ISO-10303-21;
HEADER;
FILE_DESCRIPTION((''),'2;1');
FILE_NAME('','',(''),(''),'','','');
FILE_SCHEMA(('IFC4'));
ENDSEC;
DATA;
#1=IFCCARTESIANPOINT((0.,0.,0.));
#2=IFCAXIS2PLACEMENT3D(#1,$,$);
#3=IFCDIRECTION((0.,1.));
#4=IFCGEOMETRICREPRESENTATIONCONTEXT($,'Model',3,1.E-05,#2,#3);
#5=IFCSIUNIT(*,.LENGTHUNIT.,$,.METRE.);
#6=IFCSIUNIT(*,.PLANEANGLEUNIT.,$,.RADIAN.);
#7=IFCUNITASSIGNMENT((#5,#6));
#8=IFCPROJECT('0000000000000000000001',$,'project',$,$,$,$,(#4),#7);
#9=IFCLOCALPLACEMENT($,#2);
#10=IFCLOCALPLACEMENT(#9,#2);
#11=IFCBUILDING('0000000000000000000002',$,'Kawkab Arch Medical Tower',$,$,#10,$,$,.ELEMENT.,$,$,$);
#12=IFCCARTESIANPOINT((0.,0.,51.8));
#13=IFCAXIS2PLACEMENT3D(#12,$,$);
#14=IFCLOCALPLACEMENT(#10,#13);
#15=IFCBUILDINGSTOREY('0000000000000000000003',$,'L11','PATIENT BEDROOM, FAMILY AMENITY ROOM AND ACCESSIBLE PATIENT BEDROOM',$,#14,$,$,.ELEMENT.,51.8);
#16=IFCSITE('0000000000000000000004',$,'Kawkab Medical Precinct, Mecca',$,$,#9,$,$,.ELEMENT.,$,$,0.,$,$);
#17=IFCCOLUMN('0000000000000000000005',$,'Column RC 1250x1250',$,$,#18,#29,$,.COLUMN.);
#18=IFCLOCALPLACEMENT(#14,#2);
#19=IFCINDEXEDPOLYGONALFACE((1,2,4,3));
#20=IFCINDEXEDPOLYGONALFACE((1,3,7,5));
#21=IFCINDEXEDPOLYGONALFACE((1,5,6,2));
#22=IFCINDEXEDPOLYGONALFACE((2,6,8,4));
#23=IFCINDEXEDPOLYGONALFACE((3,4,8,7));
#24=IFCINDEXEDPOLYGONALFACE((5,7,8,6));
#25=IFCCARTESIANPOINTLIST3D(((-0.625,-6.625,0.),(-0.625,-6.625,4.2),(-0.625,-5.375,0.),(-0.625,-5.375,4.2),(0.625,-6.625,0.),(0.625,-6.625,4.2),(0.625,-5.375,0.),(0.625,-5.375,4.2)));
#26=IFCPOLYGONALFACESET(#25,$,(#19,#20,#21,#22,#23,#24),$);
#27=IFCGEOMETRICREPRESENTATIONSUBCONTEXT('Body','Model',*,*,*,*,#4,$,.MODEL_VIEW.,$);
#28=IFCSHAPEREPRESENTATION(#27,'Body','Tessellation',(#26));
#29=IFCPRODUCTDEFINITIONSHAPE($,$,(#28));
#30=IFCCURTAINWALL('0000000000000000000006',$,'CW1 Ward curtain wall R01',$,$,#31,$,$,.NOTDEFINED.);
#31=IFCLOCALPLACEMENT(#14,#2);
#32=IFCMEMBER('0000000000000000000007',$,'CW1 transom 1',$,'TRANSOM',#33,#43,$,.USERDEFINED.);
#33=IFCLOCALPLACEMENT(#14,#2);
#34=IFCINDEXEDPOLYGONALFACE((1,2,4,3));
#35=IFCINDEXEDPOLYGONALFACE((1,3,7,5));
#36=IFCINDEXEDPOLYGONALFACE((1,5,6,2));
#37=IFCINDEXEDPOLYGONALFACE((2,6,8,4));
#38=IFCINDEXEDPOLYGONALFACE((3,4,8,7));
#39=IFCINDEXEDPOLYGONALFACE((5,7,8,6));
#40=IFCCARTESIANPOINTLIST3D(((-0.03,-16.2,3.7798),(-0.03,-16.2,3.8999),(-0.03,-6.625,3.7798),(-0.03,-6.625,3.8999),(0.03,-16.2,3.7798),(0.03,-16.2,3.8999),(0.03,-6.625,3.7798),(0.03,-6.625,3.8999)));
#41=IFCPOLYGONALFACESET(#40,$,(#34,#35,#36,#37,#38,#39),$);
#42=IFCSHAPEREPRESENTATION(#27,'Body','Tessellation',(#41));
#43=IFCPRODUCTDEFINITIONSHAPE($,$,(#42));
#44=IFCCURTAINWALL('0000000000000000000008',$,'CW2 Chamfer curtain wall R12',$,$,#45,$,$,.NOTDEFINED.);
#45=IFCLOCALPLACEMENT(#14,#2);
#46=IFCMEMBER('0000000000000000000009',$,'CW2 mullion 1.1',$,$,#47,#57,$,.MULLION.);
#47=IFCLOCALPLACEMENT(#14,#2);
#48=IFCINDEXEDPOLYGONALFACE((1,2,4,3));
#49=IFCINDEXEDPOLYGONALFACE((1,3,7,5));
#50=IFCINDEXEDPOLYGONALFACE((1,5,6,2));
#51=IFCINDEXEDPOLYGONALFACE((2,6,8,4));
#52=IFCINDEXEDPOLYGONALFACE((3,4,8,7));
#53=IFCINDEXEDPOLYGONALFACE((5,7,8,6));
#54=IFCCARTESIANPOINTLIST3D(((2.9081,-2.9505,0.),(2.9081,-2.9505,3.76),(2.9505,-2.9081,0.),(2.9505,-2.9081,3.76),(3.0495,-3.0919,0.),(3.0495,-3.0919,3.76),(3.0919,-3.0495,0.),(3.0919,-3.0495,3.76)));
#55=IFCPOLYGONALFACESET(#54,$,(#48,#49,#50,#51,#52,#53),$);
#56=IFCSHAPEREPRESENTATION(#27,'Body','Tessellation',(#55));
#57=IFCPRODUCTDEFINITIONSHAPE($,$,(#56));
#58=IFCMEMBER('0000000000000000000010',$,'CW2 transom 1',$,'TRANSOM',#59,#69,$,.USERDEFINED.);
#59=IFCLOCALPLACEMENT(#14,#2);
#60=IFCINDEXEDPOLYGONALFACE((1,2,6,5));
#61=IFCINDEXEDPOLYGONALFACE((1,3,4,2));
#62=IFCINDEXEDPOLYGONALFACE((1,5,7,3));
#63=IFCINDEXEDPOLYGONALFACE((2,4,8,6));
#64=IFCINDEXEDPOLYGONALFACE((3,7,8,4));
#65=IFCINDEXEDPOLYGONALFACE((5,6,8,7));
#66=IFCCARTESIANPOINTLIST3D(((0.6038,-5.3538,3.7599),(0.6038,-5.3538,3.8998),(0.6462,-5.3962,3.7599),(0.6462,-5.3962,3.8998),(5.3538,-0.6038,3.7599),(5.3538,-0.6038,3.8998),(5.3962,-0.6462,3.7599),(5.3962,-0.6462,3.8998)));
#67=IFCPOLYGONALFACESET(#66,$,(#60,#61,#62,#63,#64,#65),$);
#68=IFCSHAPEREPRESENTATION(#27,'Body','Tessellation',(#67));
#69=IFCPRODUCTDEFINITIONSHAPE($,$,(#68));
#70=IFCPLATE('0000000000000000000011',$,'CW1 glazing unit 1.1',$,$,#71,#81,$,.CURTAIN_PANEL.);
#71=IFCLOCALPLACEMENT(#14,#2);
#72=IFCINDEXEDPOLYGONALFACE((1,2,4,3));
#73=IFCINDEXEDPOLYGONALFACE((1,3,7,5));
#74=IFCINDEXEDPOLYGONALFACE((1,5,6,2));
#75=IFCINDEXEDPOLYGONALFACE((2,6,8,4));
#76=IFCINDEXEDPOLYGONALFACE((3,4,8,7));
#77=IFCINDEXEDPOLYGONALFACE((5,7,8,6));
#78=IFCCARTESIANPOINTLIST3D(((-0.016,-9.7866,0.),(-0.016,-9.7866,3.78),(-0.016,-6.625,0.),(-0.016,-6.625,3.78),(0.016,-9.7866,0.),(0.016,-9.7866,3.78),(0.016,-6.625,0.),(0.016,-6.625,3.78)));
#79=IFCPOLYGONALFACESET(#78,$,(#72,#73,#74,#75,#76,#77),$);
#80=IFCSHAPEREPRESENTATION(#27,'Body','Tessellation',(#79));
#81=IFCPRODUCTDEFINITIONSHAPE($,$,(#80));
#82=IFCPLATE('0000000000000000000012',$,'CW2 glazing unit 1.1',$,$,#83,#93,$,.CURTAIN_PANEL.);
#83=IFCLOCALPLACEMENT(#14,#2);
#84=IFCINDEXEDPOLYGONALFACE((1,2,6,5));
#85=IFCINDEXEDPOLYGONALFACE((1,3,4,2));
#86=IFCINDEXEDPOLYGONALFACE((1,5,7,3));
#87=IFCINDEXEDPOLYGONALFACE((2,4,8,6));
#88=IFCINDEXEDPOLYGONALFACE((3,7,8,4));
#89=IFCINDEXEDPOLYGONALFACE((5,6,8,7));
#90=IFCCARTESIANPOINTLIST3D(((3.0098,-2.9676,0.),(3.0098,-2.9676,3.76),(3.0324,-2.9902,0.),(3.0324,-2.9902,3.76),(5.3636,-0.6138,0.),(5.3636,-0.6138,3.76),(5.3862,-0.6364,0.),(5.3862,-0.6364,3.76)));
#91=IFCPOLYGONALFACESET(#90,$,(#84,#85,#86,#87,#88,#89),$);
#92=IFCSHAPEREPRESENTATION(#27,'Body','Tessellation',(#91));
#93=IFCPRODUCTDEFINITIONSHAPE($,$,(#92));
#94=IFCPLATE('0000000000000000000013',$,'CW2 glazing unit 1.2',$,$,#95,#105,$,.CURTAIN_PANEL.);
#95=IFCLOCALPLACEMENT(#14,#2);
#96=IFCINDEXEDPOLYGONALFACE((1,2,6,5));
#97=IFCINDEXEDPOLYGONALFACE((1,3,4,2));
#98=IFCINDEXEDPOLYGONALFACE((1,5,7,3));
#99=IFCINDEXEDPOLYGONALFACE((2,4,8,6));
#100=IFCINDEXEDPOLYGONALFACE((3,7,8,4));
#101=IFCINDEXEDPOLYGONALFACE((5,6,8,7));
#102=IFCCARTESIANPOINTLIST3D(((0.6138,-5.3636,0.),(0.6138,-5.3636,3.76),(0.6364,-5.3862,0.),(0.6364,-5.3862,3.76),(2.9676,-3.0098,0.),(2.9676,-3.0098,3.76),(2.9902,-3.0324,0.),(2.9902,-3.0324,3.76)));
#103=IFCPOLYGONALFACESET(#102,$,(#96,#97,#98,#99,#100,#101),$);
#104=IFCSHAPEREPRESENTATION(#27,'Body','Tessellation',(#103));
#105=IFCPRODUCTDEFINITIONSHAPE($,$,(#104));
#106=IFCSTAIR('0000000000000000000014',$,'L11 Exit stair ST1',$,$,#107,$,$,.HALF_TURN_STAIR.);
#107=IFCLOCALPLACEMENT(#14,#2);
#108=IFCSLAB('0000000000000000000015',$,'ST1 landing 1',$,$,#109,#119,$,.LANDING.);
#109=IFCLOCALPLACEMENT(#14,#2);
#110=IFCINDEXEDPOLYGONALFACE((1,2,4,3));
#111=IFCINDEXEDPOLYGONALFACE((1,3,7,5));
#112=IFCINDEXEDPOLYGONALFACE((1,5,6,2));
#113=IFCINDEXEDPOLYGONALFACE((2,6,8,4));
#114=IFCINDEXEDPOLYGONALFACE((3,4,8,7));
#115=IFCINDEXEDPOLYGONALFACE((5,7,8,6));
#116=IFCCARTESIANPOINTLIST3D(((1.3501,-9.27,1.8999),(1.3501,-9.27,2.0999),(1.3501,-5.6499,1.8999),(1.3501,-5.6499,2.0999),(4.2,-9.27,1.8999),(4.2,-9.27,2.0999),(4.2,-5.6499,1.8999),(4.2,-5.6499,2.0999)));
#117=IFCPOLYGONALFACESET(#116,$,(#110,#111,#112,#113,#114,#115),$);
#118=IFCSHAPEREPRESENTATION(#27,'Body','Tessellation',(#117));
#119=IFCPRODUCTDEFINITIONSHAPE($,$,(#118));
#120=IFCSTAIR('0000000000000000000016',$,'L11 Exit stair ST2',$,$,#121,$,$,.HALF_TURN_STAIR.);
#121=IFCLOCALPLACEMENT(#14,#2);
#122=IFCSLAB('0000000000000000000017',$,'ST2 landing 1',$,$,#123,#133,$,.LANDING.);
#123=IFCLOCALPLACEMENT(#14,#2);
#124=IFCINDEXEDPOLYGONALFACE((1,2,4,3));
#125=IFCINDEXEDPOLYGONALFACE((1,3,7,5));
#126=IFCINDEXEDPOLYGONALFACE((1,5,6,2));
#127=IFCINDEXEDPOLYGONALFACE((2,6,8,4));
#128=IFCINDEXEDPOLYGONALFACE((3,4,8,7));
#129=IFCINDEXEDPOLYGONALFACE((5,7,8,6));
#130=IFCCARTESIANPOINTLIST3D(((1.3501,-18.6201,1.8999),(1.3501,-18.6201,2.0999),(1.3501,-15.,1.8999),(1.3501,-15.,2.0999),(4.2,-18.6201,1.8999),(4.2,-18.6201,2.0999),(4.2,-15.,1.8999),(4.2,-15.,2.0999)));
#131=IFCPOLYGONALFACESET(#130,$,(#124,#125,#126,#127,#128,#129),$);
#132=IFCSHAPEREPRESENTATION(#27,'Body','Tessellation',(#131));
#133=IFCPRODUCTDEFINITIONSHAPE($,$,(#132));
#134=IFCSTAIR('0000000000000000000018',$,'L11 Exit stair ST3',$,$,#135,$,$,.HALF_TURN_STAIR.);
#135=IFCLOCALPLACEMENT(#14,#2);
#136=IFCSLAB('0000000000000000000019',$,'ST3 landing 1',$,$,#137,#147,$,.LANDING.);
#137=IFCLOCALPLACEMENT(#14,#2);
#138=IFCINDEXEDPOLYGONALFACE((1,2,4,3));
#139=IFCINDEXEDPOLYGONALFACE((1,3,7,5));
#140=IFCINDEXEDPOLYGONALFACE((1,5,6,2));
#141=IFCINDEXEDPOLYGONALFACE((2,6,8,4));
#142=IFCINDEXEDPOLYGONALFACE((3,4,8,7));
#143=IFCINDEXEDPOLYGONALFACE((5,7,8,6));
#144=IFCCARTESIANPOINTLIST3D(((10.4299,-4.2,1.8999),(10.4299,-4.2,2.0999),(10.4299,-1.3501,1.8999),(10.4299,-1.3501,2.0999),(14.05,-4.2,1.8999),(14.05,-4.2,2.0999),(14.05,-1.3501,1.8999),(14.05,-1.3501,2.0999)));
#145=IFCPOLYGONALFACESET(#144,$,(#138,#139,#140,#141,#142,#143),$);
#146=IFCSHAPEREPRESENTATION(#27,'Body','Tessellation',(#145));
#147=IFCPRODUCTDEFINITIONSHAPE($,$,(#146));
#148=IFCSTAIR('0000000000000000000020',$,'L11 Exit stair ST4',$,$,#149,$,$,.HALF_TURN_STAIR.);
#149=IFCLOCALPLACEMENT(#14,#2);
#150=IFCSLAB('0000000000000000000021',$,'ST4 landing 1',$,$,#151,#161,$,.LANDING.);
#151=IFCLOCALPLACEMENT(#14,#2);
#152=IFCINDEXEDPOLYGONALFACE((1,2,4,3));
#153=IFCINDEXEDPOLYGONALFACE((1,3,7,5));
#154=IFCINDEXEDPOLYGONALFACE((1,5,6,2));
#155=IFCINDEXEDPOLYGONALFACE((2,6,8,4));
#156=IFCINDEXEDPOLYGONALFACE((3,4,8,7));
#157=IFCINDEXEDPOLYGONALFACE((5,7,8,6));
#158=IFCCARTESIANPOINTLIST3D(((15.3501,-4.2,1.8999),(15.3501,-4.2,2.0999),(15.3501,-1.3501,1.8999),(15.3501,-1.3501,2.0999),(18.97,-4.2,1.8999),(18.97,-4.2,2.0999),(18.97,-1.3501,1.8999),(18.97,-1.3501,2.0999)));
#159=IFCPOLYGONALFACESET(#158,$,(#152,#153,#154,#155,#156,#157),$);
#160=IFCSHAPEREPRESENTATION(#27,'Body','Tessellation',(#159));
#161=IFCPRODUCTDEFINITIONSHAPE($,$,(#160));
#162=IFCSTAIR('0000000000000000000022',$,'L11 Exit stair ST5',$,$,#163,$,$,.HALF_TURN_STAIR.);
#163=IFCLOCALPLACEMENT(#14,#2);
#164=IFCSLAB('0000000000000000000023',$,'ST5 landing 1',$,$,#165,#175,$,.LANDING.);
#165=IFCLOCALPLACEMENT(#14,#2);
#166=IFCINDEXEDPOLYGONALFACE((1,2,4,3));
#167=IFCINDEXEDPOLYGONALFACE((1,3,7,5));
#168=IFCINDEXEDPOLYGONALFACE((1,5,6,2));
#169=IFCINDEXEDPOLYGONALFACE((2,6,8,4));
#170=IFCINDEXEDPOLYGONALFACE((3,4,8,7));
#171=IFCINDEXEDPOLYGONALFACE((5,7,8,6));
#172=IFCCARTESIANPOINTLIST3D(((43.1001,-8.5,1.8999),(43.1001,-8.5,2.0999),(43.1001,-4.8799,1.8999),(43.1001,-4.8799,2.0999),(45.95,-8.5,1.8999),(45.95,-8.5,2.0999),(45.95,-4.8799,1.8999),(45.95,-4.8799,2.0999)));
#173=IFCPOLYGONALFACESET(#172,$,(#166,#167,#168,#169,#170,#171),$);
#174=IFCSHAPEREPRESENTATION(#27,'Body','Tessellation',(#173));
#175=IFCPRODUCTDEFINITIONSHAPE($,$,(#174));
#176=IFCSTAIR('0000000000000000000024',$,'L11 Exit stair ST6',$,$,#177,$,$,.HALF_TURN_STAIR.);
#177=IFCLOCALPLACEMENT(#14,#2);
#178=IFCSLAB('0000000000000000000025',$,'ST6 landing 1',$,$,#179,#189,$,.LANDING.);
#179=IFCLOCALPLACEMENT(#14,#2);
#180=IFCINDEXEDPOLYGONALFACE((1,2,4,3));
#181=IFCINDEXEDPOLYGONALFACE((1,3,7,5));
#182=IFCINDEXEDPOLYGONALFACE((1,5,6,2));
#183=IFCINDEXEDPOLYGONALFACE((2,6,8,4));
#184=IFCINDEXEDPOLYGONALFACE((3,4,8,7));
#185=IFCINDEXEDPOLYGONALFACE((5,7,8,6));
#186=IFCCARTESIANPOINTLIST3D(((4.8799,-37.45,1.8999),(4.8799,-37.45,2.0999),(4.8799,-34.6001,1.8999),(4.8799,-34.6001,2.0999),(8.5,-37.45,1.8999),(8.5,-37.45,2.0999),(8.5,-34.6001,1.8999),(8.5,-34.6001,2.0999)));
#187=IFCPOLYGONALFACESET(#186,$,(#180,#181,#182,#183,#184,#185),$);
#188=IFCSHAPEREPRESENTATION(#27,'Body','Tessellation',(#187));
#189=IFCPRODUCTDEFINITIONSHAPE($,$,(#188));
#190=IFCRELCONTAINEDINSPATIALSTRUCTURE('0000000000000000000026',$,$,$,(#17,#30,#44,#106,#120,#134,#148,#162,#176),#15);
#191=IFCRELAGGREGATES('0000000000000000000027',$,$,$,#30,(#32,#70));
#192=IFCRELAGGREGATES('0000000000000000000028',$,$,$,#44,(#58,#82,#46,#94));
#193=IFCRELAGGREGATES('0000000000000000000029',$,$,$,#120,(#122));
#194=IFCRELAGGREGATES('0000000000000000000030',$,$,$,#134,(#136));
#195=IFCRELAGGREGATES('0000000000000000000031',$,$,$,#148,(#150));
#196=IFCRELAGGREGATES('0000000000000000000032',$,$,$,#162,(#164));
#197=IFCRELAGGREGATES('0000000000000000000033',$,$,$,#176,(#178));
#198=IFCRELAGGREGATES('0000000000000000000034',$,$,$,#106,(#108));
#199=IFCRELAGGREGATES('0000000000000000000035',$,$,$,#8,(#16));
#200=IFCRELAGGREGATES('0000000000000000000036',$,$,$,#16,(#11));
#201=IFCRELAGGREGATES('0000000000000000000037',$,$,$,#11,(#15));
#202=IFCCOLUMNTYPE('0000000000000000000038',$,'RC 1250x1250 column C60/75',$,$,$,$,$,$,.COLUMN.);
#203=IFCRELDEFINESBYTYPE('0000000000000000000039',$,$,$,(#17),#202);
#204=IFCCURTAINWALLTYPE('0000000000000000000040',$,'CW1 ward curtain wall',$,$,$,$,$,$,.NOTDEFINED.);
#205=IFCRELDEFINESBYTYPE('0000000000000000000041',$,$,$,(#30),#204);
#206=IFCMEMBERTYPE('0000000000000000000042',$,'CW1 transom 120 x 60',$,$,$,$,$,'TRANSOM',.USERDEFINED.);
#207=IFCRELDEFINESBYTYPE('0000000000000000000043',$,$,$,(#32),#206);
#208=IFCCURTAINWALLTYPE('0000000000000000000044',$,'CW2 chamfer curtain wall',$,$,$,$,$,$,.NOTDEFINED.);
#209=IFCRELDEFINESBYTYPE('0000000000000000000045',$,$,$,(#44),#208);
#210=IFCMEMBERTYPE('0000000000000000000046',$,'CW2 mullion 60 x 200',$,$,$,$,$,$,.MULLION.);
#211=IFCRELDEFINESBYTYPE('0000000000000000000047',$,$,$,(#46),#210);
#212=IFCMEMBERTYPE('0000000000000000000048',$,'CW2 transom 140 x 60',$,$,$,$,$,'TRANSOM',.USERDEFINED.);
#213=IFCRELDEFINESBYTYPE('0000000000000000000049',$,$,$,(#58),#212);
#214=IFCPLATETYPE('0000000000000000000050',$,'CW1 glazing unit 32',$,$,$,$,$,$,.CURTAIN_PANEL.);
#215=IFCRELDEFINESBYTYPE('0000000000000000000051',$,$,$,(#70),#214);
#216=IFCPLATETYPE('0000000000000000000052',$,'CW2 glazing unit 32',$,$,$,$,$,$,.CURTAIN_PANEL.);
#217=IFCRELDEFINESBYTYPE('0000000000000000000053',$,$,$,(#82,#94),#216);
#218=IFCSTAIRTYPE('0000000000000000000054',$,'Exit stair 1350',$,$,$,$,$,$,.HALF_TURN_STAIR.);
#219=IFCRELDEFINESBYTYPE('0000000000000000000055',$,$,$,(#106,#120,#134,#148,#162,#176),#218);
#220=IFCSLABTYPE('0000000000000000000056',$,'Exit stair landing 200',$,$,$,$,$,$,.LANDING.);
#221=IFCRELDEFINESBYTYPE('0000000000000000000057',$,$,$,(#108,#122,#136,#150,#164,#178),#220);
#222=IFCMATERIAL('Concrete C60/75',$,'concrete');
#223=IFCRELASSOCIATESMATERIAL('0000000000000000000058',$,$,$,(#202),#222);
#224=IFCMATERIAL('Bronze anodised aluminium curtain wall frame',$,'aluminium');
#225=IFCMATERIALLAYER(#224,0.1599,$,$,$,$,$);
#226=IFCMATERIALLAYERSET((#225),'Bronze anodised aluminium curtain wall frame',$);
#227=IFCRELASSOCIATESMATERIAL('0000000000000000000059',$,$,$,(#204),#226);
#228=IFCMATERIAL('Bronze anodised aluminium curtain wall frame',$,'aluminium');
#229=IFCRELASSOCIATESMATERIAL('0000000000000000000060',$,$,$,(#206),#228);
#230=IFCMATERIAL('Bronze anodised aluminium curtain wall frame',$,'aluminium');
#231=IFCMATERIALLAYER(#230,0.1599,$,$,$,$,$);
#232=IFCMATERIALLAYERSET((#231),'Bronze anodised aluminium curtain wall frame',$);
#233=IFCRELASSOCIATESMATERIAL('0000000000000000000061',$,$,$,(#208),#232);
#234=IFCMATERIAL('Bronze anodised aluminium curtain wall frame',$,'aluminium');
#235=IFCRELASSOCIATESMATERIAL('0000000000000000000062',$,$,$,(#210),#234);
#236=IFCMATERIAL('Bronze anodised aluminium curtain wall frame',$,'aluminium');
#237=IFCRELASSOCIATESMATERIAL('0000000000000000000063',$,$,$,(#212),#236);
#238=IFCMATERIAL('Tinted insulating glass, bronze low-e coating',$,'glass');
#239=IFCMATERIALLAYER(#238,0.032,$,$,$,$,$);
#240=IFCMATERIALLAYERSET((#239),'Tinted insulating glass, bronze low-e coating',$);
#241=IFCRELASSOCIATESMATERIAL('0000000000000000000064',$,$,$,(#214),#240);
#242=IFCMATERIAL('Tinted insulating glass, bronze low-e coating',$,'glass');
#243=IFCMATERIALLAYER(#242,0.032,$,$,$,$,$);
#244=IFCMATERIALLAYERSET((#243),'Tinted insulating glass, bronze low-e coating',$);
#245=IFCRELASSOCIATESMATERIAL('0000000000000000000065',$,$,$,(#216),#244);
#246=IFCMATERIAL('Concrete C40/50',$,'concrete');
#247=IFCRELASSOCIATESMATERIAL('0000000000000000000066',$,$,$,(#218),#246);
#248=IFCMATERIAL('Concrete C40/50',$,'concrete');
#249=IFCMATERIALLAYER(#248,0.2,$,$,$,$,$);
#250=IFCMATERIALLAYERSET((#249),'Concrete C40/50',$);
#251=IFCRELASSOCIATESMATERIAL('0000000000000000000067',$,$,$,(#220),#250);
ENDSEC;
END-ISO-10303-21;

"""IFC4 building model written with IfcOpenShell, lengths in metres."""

from ifc_helpers import new_model, si_unit, direction, frame, origin, origin_2d, place, context, subcontext, project, spatial, polyline, rectangle, outline, extrude, material, layer, layer_set, material_profile, profile_set, type_object, element, aggregate, save


model = new_model("IFC4")

# Units and contexts
model_context = context("Model", 3, precision=1e-05, world=origin(), true_north=direction((0.0, 1.0)))
body_context = subcontext(model_context, "Body", "Model", "MODEL_VIEW")
ifc_project = project(units=[si_unit("LENGTHUNIT", "METRE"), si_unit("PLANEANGLEUNIT", "RADIAN")], contexts=[model_context])

# Site, building, storey
site_placement = place(None, origin())
site = spatial("IfcSite", under=ifc_project, at=site_placement, Name="Kawkab Medical Precinct, Mecca", CompositionType="ELEMENT", RefElevation=0.0)
building_placement = place(site_placement, origin())
building = spatial("IfcBuilding", under=site, at=building_placement, Name="Kawkab Arch Medical Tower", CompositionType="ELEMENT")
storey_placement = place(building_placement, frame((0.0, 0.0, 51.8)))
storey = spatial("IfcBuildingStorey", under=building, at=storey_placement, Name="L11", Description="PATIENT BEDROOM, FAMILY AMENITY ROOM AND ACCESSIBLE PATIENT BEDROOM", CompositionType="ELEMENT", Elevation=51.8)

# Column
ifc_material_1 = material(Name="Concrete C60/75", Category="concrete")
ifc_material_profile_1 = material_profile(ifc_material_1, rectangle(XDim=1.25, YDim=1.25, at=origin_2d()), Name="RC 1250x1250")
ifc_profile_set_1 = profile_set([ifc_material_profile_1], Name="Concrete C60/75")
column_type = type_object("IfcColumnType", Name="RC 1250x1250 column C60/75", PredefinedType="COLUMN", material=ifc_profile_set_1)
column_placement = place(storey_placement, frame((0.0, -6.0, 0.0), z_axis=(0.0, 0.0, 1.0), x_axis=(1.0, 0.0, 0.0)))
element("IfcColumn", 1, at=column_placement, inside=storey, type_object=column_type, Name="Column RC 1250x1250", PredefinedType="COLUMN", context=body_context, shape_type="SweptSolid", body=[
    extrude(rectangle(XDim=1.25, YDim=1.25, at=origin_2d()), origin(), (0.0, 0.0, 1.0), 4.2),
])

# Curtain wall, member
ifc_material_2 = material(Name="Bronze anodised aluminium curtain wall frame", Category="aluminium")
ifc_layer_1 = layer(ifc_material_2, 0.1599)
ifc_layer_set_1 = layer_set([ifc_layer_1], Name="Bronze anodised aluminium curtain wall frame")
curtain_wall_type_1 = type_object("IfcCurtainWallType", Name="CW1 ward curtain wall", PredefinedType="NOTDEFINED", material=ifc_layer_set_1)
placement_1 = place(storey_placement, origin())
curtain_wall_1 = element("IfcCurtainWall", 2, at=placement_1, inside=storey, type_object=curtain_wall_type_1, Name="CW1 Ward curtain wall R01", PredefinedType="NOTDEFINED")
ifc_material_3 = material(Name="Bronze anodised aluminium curtain wall frame", Category="aluminium")
ifc_material_profile_2 = material_profile(ifc_material_3, rectangle(XDim=0.0601, YDim=0.1201, at=origin_2d()), Name="AL 60x120")
ifc_profile_set_2 = profile_set([ifc_material_profile_2], Name="Bronze anodised aluminium curtain wall frame")
member_type_1 = type_object("IfcMemberType", Name="CW1 transom 120 x 60", ElementType="TRANSOM", PredefinedType="USERDEFINED", material=ifc_profile_set_2)
member_1_placement = place(storey_placement, frame((0.0, -6.625, 3.8398), z_axis=(0.0, -1.0, 0.0), x_axis=(1.0, 0.0, 0.0)))
member_1 = element("IfcMember", 3, at=member_1_placement, type_object=member_type_1, Name="CW1 transom 1", ObjectType="TRANSOM", PredefinedType="USERDEFINED", context=body_context, shape_type="SweptSolid", body=[
    extrude(rectangle(XDim=0.0601, YDim=0.1201, at=origin_2d()), origin(), (0.0, 0.0, 1.0), 9.575),
])

# Curtain wall, members
ifc_material_4 = material(Name="Bronze anodised aluminium curtain wall frame", Category="aluminium")
ifc_layer_2 = layer(ifc_material_4, 0.1599)
ifc_layer_set_2 = layer_set([ifc_layer_2], Name="Bronze anodised aluminium curtain wall frame")
curtain_wall_type_2 = type_object("IfcCurtainWallType", Name="CW2 chamfer curtain wall", PredefinedType="NOTDEFINED", material=ifc_layer_set_2)
curtain_wall_2 = element("IfcCurtainWall", 4, at=placement_1, inside=storey, type_object=curtain_wall_type_2, Name="CW2 Chamfer curtain wall R12", PredefinedType="NOTDEFINED")
ifc_material_5 = material(Name="Bronze anodised aluminium curtain wall frame", Category="aluminium")
ifc_material_profile_3 = material_profile(ifc_material_5, rectangle(XDim=0.2, YDim=0.0601, at=origin_2d()), Name="AL 60x200")
ifc_profile_set_3 = profile_set([ifc_material_profile_3], Name="Bronze anodised aluminium curtain wall frame")
member_type_2 = type_object("IfcMemberType", Name="CW2 mullion 60 x 200", PredefinedType="MULLION", material=ifc_profile_set_3)
member_2_placement = place(storey_placement, frame((3.0, -3.0, 0.0), z_axis=(0.0, 0.0, 1.0), x_axis=(0.707107, -0.707107, 0.0)))
member_2 = element("IfcMember", 5, at=member_2_placement, type_object=member_type_2, Name="CW2 mullion 1.1", PredefinedType="MULLION", context=body_context, shape_type="SweptSolid", body=[
    extrude(rectangle(XDim=0.2, YDim=0.0601, at=origin_2d()), origin(), (0.0, 0.0, 1.0), 3.76),
])
ifc_material_6 = material(Name="Bronze anodised aluminium curtain wall frame", Category="aluminium")
ifc_material_profile_4 = material_profile(ifc_material_6, rectangle(XDim=0.0601, YDim=0.1399, at=origin_2d()), Name="AL 60x140")
ifc_profile_set_4 = profile_set([ifc_material_profile_4], Name="Bronze anodised aluminium curtain wall frame")
member_type_3 = type_object("IfcMemberType", Name="CW2 transom 140 x 60", ElementType="TRANSOM", PredefinedType="USERDEFINED", material=ifc_profile_set_4)
member_3_placement = place(storey_placement, frame((5.375, -0.625, 3.8298), z_axis=(-0.707107, -0.707107, 0.0), x_axis=(0.707107, -0.707107, 0.0)))
member_3 = element("IfcMember", 6, at=member_3_placement, type_object=member_type_3, Name="CW2 transom 1", ObjectType="TRANSOM", PredefinedType="USERDEFINED", context=body_context, shape_type="SweptSolid", body=[
    extrude(rectangle(XDim=0.0601, YDim=0.1399, at=origin_2d()), origin(), (0.0, 0.0, 1.0), 6.7175),
])

# Plates
ifc_material_7 = material(Name="Tinted insulating glass, bronze low-e coating", Category="glass")
ifc_layer_3 = layer(ifc_material_7, 0.032)
ifc_layer_set_3 = layer_set([ifc_layer_3], Name="Tinted insulating glass, bronze low-e coating")
plate_type_1 = type_object("IfcPlateType", Name="CW1 glazing unit 32", PredefinedType="CURTAIN_PANEL", material=ifc_layer_set_3)
plate_1_placement = place(storey_placement, frame((0.0, -8.2058, 0.0), z_axis=(0.0, 0.0, 1.0), x_axis=(0.0, -1.0, 0.0)))
plate_1 = element("IfcPlate", 7, at=plate_1_placement, type_object=plate_type_1, Name="CW1 glazing unit 1.1", PredefinedType="CURTAIN_PANEL", context=body_context, shape_type="SweptSolid", body=[
    extrude(rectangle(XDim=3.1616, YDim=0.032, at=origin_2d()), origin(), (0.0, 0.0, 1.0), 3.78),
])
aggregate(curtain_wall_1, [member_1, plate_1])
ifc_material_8 = material(Name="Tinted insulating glass, bronze low-e coating", Category="glass")
ifc_layer_4 = layer(ifc_material_8, 0.032)
ifc_layer_set_4 = layer_set([ifc_layer_4], Name="Tinted insulating glass, bronze low-e coating")
plate_type_2 = type_object("IfcPlateType", Name="CW2 glazing unit 32", PredefinedType="CURTAIN_PANEL", material=ifc_layer_set_4)
plate_2_placement = place(storey_placement, frame((4.198, -1.802, 0.0), z_axis=(0.0, 0.0, 1.0), x_axis=(-0.707107, -0.707107, 0.0)))
plate_2 = element("IfcPlate", 8, at=plate_2_placement, type_object=plate_type_2, Name="CW2 glazing unit 1.1", PredefinedType="CURTAIN_PANEL", context=body_context, shape_type="SweptSolid", body=[
    extrude(rectangle(XDim=3.3289, YDim=0.032, at=origin_2d()), origin(), (0.0, 0.0, 1.0), 3.76),
])
plate_3_placement = place(storey_placement, frame((1.802, -4.198, 0.0), z_axis=(0.0, 0.0, 1.0), x_axis=(-0.707107, -0.707107, 0.0)))
plate_3 = element("IfcPlate", 9, at=plate_3_placement, type_object=plate_type_2, Name="CW2 glazing unit 1.2", PredefinedType="CURTAIN_PANEL", context=body_context, shape_type="SweptSolid", body=[
    extrude(rectangle(XDim=3.3289, YDim=0.032, at=origin_2d()), origin(), (0.0, 0.0, 1.0), 3.76),
])
aggregate(curtain_wall_2, [member_3, plate_2, member_2, plate_3])

# Stairs, slabs
ifc_material_9 = material(Name="Concrete C40/50", Category="concrete")
stair_type = type_object("IfcStairType", Name="Exit stair 1350", PredefinedType="HALF_TURN_STAIR", material=ifc_material_9)
stair_1 = element("IfcStair", 10, at=placement_1, inside=storey, type_object=stair_type, Name="L11 Exit stair ST1", PredefinedType="HALF_TURN_STAIR")
ifc_material_10 = material(Name="Concrete C40/50", Category="concrete")
ifc_layer_5 = layer(ifc_material_10, 0.2)
ifc_layer_set_5 = layer_set([ifc_layer_5], Name="Concrete C40/50")
slab_type_1 = type_object("IfcSlabType", Name="Exit stair landing 200", PredefinedType="LANDING", material=ifc_layer_set_5)
placement_2 = place(storey_placement, frame((0.0, 0.0, 1.8999)))
slab_1 = element("IfcSlab", 11, at=placement_2, type_object=slab_type_1, Name="ST1 landing 1", PredefinedType="LANDING", context=body_context, shape_type="SweptSolid", body=[
    extrude(outline(polyline([(4.2, -9.27), (4.2, -5.6499), (1.3501, -5.6499), (1.3501, -9.27), (4.2, -9.27)])), origin(), (0.0, 0.0, 1.0), 0.2),
])
stair_2 = element("IfcStair", 12, at=placement_1, inside=storey, type_object=stair_type, Name="L11 Exit stair ST2", PredefinedType="HALF_TURN_STAIR")
slab_2 = element("IfcSlab", 13, at=placement_2, type_object=slab_type_1, Name="ST2 landing 1", PredefinedType="LANDING", context=body_context, shape_type="SweptSolid", body=[
    extrude(outline(polyline([(4.2, -18.6201), (4.2, -15.0), (1.3501, -15.0), (1.3501, -18.6201), (4.2, -18.6201)])), origin(), (0.0, 0.0, 1.0), 0.2),
])
aggregate(stair_2, [slab_2])
stair_3 = element("IfcStair", 14, at=placement_1, inside=storey, type_object=stair_type, Name="L11 Exit stair ST3", PredefinedType="HALF_TURN_STAIR")
slab_3 = element("IfcSlab", 15, at=placement_2, type_object=slab_type_1, Name="ST3 landing 1", PredefinedType="LANDING", context=body_context, shape_type="SweptSolid", body=[
    extrude(outline(polyline([(10.4299, -4.2), (14.05, -4.2), (14.05, -1.3501), (10.4299, -1.3501), (10.4299, -4.2)])), origin(), (0.0, 0.0, 1.0), 0.2),
])
aggregate(stair_3, [slab_3])
stair_4 = element("IfcStair", 16, at=placement_1, inside=storey, type_object=stair_type, Name="L11 Exit stair ST4", PredefinedType="HALF_TURN_STAIR")
slab_4 = element("IfcSlab", 17, at=placement_2, type_object=slab_type_1, Name="ST4 landing 1", PredefinedType="LANDING", context=body_context, shape_type="SweptSolid", body=[
    extrude(outline(polyline([(18.97, -1.3501), (15.3501, -1.3501), (15.3501, -4.2), (18.97, -4.2), (18.97, -1.3501)])), origin(), (0.0, 0.0, 1.0), 0.2),
])
aggregate(stair_4, [slab_4])
stair_5 = element("IfcStair", 18, at=placement_1, inside=storey, type_object=stair_type, Name="L11 Exit stair ST5", PredefinedType="HALF_TURN_STAIR")
slab_5 = element("IfcSlab", 19, at=placement_2, type_object=slab_type_1, Name="ST5 landing 1", PredefinedType="LANDING", context=body_context, shape_type="SweptSolid", body=[
    extrude(outline(polyline([(43.1001, -4.8799), (43.1001, -8.5), (45.95, -8.5), (45.95, -4.8799), (43.1001, -4.8799)])), origin(), (0.0, 0.0, 1.0), 0.2),
])
aggregate(stair_5, [slab_5])
stair_6 = element("IfcStair", 20, at=placement_1, inside=storey, type_object=stair_type, Name="L11 Exit stair ST6", PredefinedType="HALF_TURN_STAIR")
slab_6 = element("IfcSlab", 21, at=placement_2, type_object=slab_type_1, Name="ST6 landing 1", PredefinedType="LANDING", context=body_context, shape_type="SweptSolid", body=[
    extrude(outline(polyline([(4.8799, -37.45), (8.5, -37.45), (8.5, -34.6001), (4.8799, -34.6001), (4.8799, -37.45)])), origin(), (0.0, 0.0, 1.0), 0.2),
])
aggregate(stair_6, [slab_6])

aggregate(stair_1, [slab_1])

save(model, "model.ifc")
